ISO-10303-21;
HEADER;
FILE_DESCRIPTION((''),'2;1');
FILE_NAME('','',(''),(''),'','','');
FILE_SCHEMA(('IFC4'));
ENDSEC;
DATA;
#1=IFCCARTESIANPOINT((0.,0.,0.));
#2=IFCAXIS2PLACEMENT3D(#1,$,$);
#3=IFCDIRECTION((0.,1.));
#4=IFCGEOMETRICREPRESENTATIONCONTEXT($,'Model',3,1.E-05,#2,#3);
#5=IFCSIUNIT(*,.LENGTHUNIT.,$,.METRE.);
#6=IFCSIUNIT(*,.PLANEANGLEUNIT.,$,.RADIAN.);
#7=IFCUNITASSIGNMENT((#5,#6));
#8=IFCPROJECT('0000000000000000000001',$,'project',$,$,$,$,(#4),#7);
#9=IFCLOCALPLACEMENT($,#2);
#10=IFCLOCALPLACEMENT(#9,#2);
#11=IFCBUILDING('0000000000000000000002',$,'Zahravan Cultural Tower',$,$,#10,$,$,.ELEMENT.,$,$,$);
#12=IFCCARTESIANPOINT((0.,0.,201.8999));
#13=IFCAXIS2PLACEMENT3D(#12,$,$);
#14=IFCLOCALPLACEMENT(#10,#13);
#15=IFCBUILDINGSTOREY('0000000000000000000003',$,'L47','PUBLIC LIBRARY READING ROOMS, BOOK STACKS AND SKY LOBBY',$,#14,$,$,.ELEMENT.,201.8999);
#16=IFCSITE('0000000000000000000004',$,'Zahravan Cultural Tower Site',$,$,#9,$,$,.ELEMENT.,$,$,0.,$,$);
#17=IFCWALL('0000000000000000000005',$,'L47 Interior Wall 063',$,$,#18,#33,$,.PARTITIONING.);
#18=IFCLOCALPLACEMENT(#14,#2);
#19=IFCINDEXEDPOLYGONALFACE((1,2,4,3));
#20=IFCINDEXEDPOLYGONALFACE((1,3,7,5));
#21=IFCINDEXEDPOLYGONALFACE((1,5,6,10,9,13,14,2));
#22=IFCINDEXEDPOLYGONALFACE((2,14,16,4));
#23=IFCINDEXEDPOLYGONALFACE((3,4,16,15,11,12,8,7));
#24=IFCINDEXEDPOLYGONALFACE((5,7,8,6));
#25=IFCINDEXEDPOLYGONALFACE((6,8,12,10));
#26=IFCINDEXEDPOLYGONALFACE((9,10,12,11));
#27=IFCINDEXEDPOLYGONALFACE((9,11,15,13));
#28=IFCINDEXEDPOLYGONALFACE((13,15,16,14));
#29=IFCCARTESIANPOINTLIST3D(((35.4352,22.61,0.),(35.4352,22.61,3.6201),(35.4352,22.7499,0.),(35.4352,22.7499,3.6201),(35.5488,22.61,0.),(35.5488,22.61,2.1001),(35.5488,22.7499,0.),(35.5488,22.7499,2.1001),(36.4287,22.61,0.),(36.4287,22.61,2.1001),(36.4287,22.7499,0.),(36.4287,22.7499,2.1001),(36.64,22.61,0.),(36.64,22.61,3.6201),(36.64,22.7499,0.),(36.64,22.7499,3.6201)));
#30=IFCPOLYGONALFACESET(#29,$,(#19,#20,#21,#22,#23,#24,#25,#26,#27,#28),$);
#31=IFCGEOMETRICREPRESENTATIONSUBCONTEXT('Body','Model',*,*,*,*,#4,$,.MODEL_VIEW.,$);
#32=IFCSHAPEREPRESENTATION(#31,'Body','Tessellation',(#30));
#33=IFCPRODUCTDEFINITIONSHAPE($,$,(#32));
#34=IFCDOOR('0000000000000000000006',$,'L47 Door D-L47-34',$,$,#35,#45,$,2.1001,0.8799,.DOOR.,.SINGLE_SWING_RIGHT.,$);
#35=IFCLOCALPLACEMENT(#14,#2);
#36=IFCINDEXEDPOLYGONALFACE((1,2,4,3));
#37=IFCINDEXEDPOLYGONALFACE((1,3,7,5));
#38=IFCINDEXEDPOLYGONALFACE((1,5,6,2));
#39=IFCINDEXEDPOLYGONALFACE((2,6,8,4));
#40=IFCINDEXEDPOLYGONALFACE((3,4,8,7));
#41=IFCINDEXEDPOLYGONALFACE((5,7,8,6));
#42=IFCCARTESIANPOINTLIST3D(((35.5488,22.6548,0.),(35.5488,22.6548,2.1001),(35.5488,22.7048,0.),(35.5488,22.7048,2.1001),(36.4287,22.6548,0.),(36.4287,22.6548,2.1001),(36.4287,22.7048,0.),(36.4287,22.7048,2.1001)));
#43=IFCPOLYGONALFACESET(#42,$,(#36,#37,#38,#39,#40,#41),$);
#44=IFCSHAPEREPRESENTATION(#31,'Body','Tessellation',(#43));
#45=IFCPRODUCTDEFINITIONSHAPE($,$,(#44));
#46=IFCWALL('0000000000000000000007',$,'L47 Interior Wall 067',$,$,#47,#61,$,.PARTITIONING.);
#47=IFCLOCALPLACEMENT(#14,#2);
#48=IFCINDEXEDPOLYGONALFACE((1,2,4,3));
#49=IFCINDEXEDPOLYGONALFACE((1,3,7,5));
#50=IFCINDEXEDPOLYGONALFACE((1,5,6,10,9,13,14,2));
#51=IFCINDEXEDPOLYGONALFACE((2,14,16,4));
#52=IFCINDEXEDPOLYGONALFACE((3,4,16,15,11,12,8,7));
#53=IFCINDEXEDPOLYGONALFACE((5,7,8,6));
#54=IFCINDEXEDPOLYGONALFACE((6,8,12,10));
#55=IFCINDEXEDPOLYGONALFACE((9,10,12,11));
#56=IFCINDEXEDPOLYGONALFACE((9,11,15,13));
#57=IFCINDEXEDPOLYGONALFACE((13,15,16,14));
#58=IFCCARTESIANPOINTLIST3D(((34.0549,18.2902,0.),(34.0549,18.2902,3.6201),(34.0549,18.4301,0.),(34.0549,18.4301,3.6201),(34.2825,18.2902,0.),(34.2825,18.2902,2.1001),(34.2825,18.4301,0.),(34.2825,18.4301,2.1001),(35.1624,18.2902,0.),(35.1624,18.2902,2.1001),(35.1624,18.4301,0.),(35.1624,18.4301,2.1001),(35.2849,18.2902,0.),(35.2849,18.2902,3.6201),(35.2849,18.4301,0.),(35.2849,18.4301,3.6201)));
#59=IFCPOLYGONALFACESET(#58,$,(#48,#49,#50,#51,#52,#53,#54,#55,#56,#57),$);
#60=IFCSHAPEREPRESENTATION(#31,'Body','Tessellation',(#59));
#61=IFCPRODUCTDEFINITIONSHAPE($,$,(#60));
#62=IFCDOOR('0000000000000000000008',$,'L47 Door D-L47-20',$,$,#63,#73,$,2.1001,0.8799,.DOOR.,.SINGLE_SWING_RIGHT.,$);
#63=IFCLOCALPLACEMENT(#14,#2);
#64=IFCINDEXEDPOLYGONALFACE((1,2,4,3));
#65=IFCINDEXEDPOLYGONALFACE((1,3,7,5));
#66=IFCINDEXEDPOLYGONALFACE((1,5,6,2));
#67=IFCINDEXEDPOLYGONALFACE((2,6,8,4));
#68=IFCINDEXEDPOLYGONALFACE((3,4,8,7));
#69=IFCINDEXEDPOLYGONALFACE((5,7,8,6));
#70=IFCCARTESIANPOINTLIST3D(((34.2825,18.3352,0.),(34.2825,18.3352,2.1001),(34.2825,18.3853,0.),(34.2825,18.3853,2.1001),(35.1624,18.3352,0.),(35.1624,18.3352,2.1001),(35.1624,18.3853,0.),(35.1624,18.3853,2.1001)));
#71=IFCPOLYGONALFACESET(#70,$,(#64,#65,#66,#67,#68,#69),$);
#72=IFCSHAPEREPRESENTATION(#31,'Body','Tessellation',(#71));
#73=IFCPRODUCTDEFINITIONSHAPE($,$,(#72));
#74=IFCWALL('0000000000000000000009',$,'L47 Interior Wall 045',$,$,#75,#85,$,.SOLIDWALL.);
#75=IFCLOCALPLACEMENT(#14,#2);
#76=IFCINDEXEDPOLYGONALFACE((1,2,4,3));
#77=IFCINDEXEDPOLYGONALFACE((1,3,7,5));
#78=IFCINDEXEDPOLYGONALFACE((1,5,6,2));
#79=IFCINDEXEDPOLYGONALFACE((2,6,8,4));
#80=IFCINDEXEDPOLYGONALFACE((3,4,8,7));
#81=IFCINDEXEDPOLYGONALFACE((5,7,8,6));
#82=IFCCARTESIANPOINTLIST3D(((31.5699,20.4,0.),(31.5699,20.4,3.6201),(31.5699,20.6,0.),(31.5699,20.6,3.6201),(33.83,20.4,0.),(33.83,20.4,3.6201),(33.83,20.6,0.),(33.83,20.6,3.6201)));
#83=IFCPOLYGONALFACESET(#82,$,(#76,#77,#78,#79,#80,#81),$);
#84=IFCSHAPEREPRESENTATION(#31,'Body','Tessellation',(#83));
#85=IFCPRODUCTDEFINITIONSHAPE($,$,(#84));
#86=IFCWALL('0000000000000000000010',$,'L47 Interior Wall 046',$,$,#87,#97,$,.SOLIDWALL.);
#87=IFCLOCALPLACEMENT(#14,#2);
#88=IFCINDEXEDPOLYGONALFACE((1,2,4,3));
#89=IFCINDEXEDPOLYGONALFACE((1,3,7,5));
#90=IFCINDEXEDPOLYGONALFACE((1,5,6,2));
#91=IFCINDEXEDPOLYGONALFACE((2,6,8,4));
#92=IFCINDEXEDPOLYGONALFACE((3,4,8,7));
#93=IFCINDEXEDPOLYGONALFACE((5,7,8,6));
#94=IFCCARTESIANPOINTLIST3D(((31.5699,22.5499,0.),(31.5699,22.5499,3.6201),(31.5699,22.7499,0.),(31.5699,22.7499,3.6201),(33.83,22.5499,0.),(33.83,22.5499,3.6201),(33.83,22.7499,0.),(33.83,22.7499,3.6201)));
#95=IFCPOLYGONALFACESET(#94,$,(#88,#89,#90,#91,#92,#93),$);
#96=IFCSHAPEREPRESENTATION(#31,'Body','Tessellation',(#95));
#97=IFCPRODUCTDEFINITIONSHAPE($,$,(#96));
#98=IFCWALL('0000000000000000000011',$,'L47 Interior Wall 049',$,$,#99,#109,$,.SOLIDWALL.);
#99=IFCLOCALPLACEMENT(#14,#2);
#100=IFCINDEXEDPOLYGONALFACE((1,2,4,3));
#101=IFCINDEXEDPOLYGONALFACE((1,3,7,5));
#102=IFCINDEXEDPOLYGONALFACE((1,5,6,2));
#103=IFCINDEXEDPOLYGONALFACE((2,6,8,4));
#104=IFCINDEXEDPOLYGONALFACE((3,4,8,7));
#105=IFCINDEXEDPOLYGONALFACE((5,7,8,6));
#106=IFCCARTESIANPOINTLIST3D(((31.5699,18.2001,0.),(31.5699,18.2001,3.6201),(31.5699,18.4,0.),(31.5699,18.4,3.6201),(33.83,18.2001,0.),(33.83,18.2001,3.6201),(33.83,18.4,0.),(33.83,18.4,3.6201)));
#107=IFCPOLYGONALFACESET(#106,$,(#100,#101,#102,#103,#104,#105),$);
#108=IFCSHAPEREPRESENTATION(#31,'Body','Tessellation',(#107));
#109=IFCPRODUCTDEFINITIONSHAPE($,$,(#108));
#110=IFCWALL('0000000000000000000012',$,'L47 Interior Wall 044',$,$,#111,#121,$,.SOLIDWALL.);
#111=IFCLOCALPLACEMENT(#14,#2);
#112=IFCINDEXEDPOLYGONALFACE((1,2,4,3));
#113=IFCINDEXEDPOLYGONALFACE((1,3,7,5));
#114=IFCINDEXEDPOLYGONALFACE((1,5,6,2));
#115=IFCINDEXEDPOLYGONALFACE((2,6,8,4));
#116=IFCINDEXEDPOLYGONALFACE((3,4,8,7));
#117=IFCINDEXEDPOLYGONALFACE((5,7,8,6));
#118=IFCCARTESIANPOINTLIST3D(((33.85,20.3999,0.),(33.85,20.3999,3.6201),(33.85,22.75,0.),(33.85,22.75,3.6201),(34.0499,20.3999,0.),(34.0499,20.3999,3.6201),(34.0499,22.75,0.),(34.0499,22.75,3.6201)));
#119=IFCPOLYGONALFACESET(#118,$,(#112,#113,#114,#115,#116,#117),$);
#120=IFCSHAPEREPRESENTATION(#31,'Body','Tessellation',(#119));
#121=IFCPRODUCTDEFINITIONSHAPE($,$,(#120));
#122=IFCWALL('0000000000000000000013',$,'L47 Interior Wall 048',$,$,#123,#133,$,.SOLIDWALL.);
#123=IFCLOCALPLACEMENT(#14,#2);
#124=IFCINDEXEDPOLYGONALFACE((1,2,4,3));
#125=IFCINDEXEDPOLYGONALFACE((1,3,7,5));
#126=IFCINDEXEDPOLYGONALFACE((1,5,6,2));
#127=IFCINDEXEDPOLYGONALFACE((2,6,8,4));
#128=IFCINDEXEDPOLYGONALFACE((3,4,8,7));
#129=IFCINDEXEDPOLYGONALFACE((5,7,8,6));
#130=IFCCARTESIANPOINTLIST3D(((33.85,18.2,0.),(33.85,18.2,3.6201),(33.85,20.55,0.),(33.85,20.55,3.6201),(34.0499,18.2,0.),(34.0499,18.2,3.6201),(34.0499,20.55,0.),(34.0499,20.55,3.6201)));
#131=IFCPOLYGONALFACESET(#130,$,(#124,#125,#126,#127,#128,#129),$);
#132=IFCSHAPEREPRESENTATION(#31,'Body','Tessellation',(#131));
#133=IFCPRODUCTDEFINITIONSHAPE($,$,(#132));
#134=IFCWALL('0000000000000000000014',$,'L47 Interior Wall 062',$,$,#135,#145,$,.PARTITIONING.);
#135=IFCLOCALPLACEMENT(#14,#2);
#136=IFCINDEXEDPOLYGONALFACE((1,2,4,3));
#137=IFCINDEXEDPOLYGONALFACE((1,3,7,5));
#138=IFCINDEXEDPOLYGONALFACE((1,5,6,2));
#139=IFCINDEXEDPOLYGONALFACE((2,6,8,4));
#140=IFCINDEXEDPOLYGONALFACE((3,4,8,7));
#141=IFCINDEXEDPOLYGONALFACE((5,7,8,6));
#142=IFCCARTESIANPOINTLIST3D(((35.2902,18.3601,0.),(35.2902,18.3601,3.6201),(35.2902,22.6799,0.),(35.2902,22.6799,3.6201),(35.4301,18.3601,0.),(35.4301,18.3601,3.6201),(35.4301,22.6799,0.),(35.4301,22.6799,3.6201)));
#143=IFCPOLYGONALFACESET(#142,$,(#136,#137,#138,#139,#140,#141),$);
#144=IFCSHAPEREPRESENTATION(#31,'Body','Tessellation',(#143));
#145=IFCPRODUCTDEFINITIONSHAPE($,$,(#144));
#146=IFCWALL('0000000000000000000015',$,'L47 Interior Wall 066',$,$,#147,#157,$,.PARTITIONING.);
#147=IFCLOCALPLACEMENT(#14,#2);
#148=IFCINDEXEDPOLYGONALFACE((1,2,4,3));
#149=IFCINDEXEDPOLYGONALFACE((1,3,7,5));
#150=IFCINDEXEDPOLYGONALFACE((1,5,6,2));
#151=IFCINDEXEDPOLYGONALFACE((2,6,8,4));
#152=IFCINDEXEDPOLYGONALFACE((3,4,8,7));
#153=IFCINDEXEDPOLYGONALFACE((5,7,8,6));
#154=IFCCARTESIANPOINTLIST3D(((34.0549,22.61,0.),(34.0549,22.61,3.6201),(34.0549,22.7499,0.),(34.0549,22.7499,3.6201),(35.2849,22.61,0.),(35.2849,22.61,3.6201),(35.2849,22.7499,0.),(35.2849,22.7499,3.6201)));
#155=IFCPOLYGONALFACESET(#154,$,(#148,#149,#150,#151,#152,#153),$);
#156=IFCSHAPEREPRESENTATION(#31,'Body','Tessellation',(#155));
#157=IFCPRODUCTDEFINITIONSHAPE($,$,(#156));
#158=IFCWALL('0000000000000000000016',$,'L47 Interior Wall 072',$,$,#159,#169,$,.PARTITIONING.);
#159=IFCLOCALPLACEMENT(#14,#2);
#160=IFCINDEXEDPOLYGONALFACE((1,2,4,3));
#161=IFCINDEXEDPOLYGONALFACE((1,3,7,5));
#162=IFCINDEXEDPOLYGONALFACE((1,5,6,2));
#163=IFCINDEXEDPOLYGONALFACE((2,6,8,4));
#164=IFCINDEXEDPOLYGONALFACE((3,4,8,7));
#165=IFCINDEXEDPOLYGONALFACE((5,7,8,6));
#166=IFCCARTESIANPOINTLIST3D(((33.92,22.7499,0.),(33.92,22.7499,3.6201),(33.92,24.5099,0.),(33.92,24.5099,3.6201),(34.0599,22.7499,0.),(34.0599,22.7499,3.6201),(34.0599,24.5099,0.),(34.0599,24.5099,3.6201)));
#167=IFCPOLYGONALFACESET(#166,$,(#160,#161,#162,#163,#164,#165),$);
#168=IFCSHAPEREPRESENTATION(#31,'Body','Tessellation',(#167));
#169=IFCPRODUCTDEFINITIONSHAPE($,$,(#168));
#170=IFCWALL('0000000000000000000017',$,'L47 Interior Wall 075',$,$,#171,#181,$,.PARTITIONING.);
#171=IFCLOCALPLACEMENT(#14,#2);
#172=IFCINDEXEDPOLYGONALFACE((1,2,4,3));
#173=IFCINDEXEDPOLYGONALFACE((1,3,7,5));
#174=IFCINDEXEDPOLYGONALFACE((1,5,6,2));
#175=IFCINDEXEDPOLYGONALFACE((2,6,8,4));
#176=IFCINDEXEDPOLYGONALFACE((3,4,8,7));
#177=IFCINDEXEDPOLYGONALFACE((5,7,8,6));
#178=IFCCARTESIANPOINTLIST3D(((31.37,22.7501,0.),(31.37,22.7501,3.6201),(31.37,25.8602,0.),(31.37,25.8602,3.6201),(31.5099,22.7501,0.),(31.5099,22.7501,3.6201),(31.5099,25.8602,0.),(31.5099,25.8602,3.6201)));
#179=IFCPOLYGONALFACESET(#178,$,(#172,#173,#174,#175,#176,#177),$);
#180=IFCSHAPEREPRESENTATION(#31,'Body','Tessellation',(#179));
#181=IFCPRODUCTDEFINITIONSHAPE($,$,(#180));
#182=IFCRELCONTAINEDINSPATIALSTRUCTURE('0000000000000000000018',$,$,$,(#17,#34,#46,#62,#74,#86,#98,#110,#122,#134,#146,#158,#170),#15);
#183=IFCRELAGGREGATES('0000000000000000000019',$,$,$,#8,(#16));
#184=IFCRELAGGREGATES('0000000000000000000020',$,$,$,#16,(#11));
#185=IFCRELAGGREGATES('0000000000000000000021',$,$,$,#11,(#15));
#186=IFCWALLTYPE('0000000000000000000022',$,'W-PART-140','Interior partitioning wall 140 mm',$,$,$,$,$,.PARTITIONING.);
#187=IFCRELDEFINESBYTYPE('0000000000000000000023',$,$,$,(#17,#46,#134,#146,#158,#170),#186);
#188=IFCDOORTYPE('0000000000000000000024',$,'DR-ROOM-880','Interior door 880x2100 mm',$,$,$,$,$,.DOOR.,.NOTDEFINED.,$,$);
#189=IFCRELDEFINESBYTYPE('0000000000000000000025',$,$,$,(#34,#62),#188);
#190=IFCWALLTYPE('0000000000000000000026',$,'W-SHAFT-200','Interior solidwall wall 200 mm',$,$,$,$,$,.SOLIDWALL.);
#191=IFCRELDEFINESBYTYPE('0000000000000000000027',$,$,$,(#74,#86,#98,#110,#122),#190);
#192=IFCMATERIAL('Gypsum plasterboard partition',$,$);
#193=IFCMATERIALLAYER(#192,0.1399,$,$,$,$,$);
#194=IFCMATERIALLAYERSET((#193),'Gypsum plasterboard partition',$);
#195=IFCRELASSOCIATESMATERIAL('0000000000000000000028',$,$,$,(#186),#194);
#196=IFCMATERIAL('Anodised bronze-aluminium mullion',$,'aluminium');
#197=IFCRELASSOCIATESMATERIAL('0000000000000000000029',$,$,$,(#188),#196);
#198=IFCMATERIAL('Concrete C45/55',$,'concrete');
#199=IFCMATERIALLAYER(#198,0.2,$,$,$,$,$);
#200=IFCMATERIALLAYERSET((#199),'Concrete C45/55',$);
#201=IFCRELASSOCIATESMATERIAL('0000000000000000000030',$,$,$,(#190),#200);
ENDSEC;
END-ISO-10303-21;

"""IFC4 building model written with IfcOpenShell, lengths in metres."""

from ifc_helpers import new_model, si_unit, direction, frame, frame_2d, origin, place, context, subcontext, project, spatial, rectangle, extrude, source, transform, mapped, material, layer, layer_set, type_object, element, fill, save


model = new_model("IFC4")

# Units and contexts
model_context = context("Model", 3, precision=1e-05, world=origin(), true_north=direction((0.0, 1.0)))
body_context = subcontext(model_context, "Body", "Model", "MODEL_VIEW")
ifc_project = project(units=[si_unit("LENGTHUNIT", "METRE"), si_unit("PLANEANGLEUNIT", "RADIAN")], contexts=[model_context])

# Site, building, storey
site_placement = place(None, origin())
site = spatial("IfcSite", under=ifc_project, at=site_placement, Name="Zahravan Cultural Tower Site", CompositionType="ELEMENT", RefElevation=0.0)
building_placement = place(site_placement, origin())
building = spatial("IfcBuilding", under=site, at=building_placement, Name="Zahravan Cultural Tower", CompositionType="ELEMENT")
storey_placement = place(building_placement, frame((0.0, 0.0, 201.8999)))
storey = spatial("IfcBuildingStorey", under=building, at=storey_placement, Name="L47", Description="PUBLIC LIBRARY READING ROOMS, BOOK STACKS AND SKY LOBBY", CompositionType="ELEMENT", Elevation=201.8999)

# Walls, openings, doors
ifc_material_1 = material(Name="Gypsum plasterboard partition")
ifc_layer_1 = layer(ifc_material_1, 0.1399)
ifc_layer_set_1 = layer_set([ifc_layer_1], Name="Gypsum plasterboard partition")
wall_type_1 = type_object("IfcWallType", Name="W-PART-140", Description="Interior partitioning wall 140 mm", PredefinedType="PARTITIONING", material=ifc_layer_set_1)
wall_1_placement = place(storey_placement, frame((35.4351, 22.6799, 0.0), z_axis=(0.0, 0.0, 1.0), x_axis=(1.0, 0.0, 0.0)))
wall_1 = element("IfcWall", 1, at=wall_1_placement, inside=storey, type_object=wall_type_1, Name="L47 Interior Wall 063", PredefinedType="PARTITIONING", context=body_context, shape_type="SweptSolid", body=[
    extrude(rectangle(XDim=1.2048, YDim=0.1399, at=frame_2d((0.6025, 0.0))), origin(), (0.0, 0.0, 1.0), 3.6201),
])
opening_1_placement = place(wall_1_placement, frame((0.1138, 0.0, 0.0)))
opening_1 = element("IfcOpeningElement", 2, at=opening_1_placement, cuts=wall_1, PredefinedType="OPENING", context=body_context, shape_type="SweptSolid", body=[
    extrude(rectangle(XDim=0.8799, YDim=2.1001, at=frame_2d((0.4399, 1.05))), frame((0.0, 0.0798, 0.0), z_axis=(0.0, -1.0, 0.0), x_axis=(1.0, 0.0, 0.0)), (0.0, 0.0, 1.0), 0.1599),
])
ifc_material_2 = material(Name="Anodised bronze-aluminium mullion", Category="aluminium")
door_type_1 = type_object("IfcDoorType", Name="DR-ROOM-880", Description="Interior door 880x2100 mm", OperationType="NOTDEFINED", PredefinedType="DOOR", material=ifc_material_2)
shared_shape_1 = source(origin(), body_context, "Body", "SweptSolid", [
    extrude(rectangle(XDim=0.8799, YDim=2.1001, at=frame_2d((0.4399, 1.05))), frame((0.0, 0.0249, 0.0), z_axis=(0.0, -1.0, 0.0), x_axis=(1.0, 0.0, 0.0)), (0.0, 0.0, 1.0), 0.05),
])
door_1_placement = place(opening_1_placement, origin())
door_1 = element("IfcDoor", 3, at=door_1_placement, inside=storey, type_object=door_type_1, Name="L47 Door D-L47-34", OperationType="SINGLE_SWING_RIGHT", OverallHeight=2.1001, OverallWidth=0.8799, PredefinedType="DOOR", context=body_context, shape_type="MappedRepresentation", body=[
    mapped(shared_shape_1, transform((0.0, 0.0, 0.0), x_axis=(1.0, 0.0, 0.0), y_axis=(0.0, 1.0, 0.0), z_axis=(0.0, 0.0, 1.0), scale=1.0)),
])
fill(opening_1, door_1)
wall_2_placement = place(storey_placement, frame((35.2849, 18.3601, 0.0), z_axis=(0.0, 0.0, 1.0), x_axis=(-1.0, 0.0, 0.0)))
wall_2 = element("IfcWall", 4, at=wall_2_placement, inside=storey, type_object=wall_type_1, Name="L47 Interior Wall 067", PredefinedType="PARTITIONING", context=body_context, shape_type="SweptSolid", body=[
    extrude(rectangle(XDim=1.23, YDim=0.1399, at=frame_2d((0.615, 0.0))), origin(), (0.0, 0.0, 1.0), 3.6201),
])
opening_2_placement = place(wall_2_placement, frame((0.1226, 0.0, 0.0)))
opening_2 = element("IfcOpeningElement", 5, at=opening_2_placement, cuts=wall_2, PredefinedType="OPENING", context=body_context, shape_type="SweptSolid", body=[
    extrude(rectangle(XDim=0.8799, YDim=2.1001, at=frame_2d((0.4399, 1.05))), frame((0.0, 0.0798, 0.0), z_axis=(0.0, -1.0, 0.0), x_axis=(1.0, 0.0, 0.0)), (0.0, 0.0, 1.0), 0.1599),
])
door_2_placement = place(opening_2_placement, origin())
door_2 = element("IfcDoor", 6, at=door_2_placement, inside=storey, type_object=door_type_1, Name="L47 Door D-L47-20", OperationType="SINGLE_SWING_RIGHT", OverallHeight=2.1001, OverallWidth=0.8799, PredefinedType="DOOR", context=body_context, shape_type="MappedRepresentation", body=[
    mapped(shared_shape_1, transform((0.0, 0.0, 0.0), x_axis=(1.0, 0.0, 0.0), y_axis=(0.0, 1.0, 0.0), z_axis=(0.0, 0.0, 1.0), scale=1.0)),
])
fill(opening_2, door_2)
ifc_material_3 = material(Name="Concrete C45/55", Category="concrete")
ifc_layer_2 = layer(ifc_material_3, 0.2)
ifc_layer_set_2 = layer_set([ifc_layer_2], Name="Concrete C45/55")
wall_type_2 = type_object("IfcWallType", Name="W-SHAFT-200", Description="Interior solidwall wall 200 mm", PredefinedType="SOLIDWALL", material=ifc_layer_set_2)

# Walls
shared_shape_2 = source(origin(), body_context, "Body", "SweptSolid", [
    extrude(rectangle(XDim=2.26, YDim=0.2, at=frame_2d((1.1299, 0.0))), origin(), (0.0, 0.0, 1.0), 3.6201),
])
for number, where, z_axis, x_axis, name in (
    (7, (31.5701, 20.5, 0.0), (0.0, 0.0, 1.0), (1.0, 0.0, 0.0), "L47 Interior Wall 045"),
    (8, (31.5701, 22.6499, 0.0), (0.0, 0.0, 1.0), (1.0, 0.0, 0.0), "L47 Interior Wall 046"),
    (9, (31.5701, 18.3, 0.0), (0.0, 0.0, 1.0), (1.0, 0.0, 0.0), "L47 Interior Wall 049"),
):
    element("IfcWall", number, at=place(storey_placement, frame(where, z_axis=z_axis, x_axis=x_axis)), inside=storey, type_object=wall_type_2, Name=name, PredefinedType="SOLIDWALL", context=body_context, shape_type="MappedRepresentation", body=[
        mapped(shared_shape_2, transform((0.0, 0.0, 0.0), x_axis=(1.0, 0.0, 0.0), y_axis=(0.0, 1.0, 0.0), z_axis=(0.0, 0.0, 1.0), scale=1.0)),
    ])
shared_shape_3 = source(origin(), body_context, "Body", "SweptSolid", [
    extrude(rectangle(XDim=2.3501, YDim=0.2, at=frame_2d((1.175, 0.0))), origin(), (0.0, 0.0, 1.0), 3.6201),
])
for number, where, z_axis, x_axis, name in (
    (10, (33.95, 20.3999, 0.0), (0.0, 0.0, 1.0), (0.0, 1.0, 0.0), "L47 Interior Wall 044"),
    (11, (33.95, 18.2, 0.0), (0.0, 0.0, 1.0), (0.0, 1.0, 0.0), "L47 Interior Wall 048"),
):
    element("IfcWall", number, at=place(storey_placement, frame(where, z_axis=z_axis, x_axis=x_axis)), inside=storey, type_object=wall_type_2, Name=name, PredefinedType="SOLIDWALL", context=body_context, shape_type="MappedRepresentation", body=[
        mapped(shared_shape_3, transform((0.0, 0.0, 0.0), x_axis=(1.0, 0.0, 0.0), y_axis=(0.0, 1.0, 0.0), z_axis=(0.0, 0.0, 1.0), scale=1.0)),
    ])
shared_shape_4 = source(origin(), body_context, "Body", "SweptSolid", [
    extrude(rectangle(XDim=4.3198, YDim=0.1399, at=frame_2d((2.1599, 0.0))), origin(), (0.0, 0.0, 1.0), 3.6201),
])
wall_3_placement = place(storey_placement, frame((35.3601, 18.3601, 0.0), z_axis=(0.0, 0.0, 1.0), x_axis=(0.0, 1.0, 0.0)))
element("IfcWall", 12, at=wall_3_placement, inside=storey, type_object=wall_type_1, Name="L47 Interior Wall 062", PredefinedType="PARTITIONING", context=body_context, shape_type="MappedRepresentation", body=[
    mapped(shared_shape_4, transform((0.0, 0.0, 0.0), x_axis=(1.0, 0.0, 0.0), y_axis=(0.0, 1.0, 0.0), z_axis=(0.0, 0.0, 1.0), scale=1.0)),
])
shared_shape_5 = source(origin(), body_context, "Body", "SweptSolid", [
    extrude(rectangle(XDim=1.23, YDim=0.1399, at=frame_2d((0.615, 0.0))), origin(), (0.0, 0.0, 1.0), 3.6201),
])
wall_4_placement = place(storey_placement, frame((34.0549, 22.6799, 0.0), z_axis=(0.0, 0.0, 1.0), x_axis=(1.0, 0.0, 0.0)))
element("IfcWall", 13, at=wall_4_placement, inside=storey, type_object=wall_type_1, Name="L47 Interior Wall 066", PredefinedType="PARTITIONING", context=body_context, shape_type="MappedRepresentation", body=[
    mapped(shared_shape_5, transform((0.0, 0.0, 0.0), x_axis=(1.0, 0.0, 0.0), y_axis=(0.0, 1.0, 0.0), z_axis=(0.0, 0.0, 1.0), scale=1.0)),
])
shared_shape_6 = source(origin(), body_context, "Body", "SweptSolid", [
    extrude(rectangle(XDim=1.76, YDim=0.1399, at=frame_2d((0.8799, 0.0))), origin(), (0.0, 0.0, 1.0), 3.6201),
])
wall_5_placement = place(storey_placement, frame((33.99, 22.75, 0.0), z_axis=(0.0, 0.0, 1.0), x_axis=(0.0, 1.0, 0.0)))
element("IfcWall", 14, at=wall_5_placement, inside=storey, type_object=wall_type_1, Name="L47 Interior Wall 072", PredefinedType="PARTITIONING", context=body_context, shape_type="MappedRepresentation", body=[
    mapped(shared_shape_6, transform((0.0, 0.0, 0.0), x_axis=(1.0, 0.0, 0.0), y_axis=(0.0, 1.0, 0.0), z_axis=(0.0, 0.0, 1.0), scale=1.0)),
])
shared_shape_7 = source(origin(), body_context, "Body", "SweptSolid", [
    extrude(rectangle(XDim=3.1101, YDim=0.1399, at=frame_2d((1.5552, 0.0))), origin(), (0.0, 0.0, 1.0), 3.6201),
])
wall_6_placement = place(storey_placement, frame((31.4399, 22.75, 0.0), z_axis=(0.0, 0.0, 1.0), x_axis=(0.0, 1.0, 0.0)))
element("IfcWall", 15, at=wall_6_placement, inside=storey, type_object=wall_type_1, Name="L47 Interior Wall 075", PredefinedType="PARTITIONING", context=body_context, shape_type="MappedRepresentation", body=[
    mapped(shared_shape_7, transform((0.0, 0.0, 0.0), x_axis=(1.0, 0.0, 0.0), y_axis=(0.0, 1.0, 0.0), z_axis=(0.0, 0.0, 1.0), scale=1.0)),
])

save(model, "model.ifc")
